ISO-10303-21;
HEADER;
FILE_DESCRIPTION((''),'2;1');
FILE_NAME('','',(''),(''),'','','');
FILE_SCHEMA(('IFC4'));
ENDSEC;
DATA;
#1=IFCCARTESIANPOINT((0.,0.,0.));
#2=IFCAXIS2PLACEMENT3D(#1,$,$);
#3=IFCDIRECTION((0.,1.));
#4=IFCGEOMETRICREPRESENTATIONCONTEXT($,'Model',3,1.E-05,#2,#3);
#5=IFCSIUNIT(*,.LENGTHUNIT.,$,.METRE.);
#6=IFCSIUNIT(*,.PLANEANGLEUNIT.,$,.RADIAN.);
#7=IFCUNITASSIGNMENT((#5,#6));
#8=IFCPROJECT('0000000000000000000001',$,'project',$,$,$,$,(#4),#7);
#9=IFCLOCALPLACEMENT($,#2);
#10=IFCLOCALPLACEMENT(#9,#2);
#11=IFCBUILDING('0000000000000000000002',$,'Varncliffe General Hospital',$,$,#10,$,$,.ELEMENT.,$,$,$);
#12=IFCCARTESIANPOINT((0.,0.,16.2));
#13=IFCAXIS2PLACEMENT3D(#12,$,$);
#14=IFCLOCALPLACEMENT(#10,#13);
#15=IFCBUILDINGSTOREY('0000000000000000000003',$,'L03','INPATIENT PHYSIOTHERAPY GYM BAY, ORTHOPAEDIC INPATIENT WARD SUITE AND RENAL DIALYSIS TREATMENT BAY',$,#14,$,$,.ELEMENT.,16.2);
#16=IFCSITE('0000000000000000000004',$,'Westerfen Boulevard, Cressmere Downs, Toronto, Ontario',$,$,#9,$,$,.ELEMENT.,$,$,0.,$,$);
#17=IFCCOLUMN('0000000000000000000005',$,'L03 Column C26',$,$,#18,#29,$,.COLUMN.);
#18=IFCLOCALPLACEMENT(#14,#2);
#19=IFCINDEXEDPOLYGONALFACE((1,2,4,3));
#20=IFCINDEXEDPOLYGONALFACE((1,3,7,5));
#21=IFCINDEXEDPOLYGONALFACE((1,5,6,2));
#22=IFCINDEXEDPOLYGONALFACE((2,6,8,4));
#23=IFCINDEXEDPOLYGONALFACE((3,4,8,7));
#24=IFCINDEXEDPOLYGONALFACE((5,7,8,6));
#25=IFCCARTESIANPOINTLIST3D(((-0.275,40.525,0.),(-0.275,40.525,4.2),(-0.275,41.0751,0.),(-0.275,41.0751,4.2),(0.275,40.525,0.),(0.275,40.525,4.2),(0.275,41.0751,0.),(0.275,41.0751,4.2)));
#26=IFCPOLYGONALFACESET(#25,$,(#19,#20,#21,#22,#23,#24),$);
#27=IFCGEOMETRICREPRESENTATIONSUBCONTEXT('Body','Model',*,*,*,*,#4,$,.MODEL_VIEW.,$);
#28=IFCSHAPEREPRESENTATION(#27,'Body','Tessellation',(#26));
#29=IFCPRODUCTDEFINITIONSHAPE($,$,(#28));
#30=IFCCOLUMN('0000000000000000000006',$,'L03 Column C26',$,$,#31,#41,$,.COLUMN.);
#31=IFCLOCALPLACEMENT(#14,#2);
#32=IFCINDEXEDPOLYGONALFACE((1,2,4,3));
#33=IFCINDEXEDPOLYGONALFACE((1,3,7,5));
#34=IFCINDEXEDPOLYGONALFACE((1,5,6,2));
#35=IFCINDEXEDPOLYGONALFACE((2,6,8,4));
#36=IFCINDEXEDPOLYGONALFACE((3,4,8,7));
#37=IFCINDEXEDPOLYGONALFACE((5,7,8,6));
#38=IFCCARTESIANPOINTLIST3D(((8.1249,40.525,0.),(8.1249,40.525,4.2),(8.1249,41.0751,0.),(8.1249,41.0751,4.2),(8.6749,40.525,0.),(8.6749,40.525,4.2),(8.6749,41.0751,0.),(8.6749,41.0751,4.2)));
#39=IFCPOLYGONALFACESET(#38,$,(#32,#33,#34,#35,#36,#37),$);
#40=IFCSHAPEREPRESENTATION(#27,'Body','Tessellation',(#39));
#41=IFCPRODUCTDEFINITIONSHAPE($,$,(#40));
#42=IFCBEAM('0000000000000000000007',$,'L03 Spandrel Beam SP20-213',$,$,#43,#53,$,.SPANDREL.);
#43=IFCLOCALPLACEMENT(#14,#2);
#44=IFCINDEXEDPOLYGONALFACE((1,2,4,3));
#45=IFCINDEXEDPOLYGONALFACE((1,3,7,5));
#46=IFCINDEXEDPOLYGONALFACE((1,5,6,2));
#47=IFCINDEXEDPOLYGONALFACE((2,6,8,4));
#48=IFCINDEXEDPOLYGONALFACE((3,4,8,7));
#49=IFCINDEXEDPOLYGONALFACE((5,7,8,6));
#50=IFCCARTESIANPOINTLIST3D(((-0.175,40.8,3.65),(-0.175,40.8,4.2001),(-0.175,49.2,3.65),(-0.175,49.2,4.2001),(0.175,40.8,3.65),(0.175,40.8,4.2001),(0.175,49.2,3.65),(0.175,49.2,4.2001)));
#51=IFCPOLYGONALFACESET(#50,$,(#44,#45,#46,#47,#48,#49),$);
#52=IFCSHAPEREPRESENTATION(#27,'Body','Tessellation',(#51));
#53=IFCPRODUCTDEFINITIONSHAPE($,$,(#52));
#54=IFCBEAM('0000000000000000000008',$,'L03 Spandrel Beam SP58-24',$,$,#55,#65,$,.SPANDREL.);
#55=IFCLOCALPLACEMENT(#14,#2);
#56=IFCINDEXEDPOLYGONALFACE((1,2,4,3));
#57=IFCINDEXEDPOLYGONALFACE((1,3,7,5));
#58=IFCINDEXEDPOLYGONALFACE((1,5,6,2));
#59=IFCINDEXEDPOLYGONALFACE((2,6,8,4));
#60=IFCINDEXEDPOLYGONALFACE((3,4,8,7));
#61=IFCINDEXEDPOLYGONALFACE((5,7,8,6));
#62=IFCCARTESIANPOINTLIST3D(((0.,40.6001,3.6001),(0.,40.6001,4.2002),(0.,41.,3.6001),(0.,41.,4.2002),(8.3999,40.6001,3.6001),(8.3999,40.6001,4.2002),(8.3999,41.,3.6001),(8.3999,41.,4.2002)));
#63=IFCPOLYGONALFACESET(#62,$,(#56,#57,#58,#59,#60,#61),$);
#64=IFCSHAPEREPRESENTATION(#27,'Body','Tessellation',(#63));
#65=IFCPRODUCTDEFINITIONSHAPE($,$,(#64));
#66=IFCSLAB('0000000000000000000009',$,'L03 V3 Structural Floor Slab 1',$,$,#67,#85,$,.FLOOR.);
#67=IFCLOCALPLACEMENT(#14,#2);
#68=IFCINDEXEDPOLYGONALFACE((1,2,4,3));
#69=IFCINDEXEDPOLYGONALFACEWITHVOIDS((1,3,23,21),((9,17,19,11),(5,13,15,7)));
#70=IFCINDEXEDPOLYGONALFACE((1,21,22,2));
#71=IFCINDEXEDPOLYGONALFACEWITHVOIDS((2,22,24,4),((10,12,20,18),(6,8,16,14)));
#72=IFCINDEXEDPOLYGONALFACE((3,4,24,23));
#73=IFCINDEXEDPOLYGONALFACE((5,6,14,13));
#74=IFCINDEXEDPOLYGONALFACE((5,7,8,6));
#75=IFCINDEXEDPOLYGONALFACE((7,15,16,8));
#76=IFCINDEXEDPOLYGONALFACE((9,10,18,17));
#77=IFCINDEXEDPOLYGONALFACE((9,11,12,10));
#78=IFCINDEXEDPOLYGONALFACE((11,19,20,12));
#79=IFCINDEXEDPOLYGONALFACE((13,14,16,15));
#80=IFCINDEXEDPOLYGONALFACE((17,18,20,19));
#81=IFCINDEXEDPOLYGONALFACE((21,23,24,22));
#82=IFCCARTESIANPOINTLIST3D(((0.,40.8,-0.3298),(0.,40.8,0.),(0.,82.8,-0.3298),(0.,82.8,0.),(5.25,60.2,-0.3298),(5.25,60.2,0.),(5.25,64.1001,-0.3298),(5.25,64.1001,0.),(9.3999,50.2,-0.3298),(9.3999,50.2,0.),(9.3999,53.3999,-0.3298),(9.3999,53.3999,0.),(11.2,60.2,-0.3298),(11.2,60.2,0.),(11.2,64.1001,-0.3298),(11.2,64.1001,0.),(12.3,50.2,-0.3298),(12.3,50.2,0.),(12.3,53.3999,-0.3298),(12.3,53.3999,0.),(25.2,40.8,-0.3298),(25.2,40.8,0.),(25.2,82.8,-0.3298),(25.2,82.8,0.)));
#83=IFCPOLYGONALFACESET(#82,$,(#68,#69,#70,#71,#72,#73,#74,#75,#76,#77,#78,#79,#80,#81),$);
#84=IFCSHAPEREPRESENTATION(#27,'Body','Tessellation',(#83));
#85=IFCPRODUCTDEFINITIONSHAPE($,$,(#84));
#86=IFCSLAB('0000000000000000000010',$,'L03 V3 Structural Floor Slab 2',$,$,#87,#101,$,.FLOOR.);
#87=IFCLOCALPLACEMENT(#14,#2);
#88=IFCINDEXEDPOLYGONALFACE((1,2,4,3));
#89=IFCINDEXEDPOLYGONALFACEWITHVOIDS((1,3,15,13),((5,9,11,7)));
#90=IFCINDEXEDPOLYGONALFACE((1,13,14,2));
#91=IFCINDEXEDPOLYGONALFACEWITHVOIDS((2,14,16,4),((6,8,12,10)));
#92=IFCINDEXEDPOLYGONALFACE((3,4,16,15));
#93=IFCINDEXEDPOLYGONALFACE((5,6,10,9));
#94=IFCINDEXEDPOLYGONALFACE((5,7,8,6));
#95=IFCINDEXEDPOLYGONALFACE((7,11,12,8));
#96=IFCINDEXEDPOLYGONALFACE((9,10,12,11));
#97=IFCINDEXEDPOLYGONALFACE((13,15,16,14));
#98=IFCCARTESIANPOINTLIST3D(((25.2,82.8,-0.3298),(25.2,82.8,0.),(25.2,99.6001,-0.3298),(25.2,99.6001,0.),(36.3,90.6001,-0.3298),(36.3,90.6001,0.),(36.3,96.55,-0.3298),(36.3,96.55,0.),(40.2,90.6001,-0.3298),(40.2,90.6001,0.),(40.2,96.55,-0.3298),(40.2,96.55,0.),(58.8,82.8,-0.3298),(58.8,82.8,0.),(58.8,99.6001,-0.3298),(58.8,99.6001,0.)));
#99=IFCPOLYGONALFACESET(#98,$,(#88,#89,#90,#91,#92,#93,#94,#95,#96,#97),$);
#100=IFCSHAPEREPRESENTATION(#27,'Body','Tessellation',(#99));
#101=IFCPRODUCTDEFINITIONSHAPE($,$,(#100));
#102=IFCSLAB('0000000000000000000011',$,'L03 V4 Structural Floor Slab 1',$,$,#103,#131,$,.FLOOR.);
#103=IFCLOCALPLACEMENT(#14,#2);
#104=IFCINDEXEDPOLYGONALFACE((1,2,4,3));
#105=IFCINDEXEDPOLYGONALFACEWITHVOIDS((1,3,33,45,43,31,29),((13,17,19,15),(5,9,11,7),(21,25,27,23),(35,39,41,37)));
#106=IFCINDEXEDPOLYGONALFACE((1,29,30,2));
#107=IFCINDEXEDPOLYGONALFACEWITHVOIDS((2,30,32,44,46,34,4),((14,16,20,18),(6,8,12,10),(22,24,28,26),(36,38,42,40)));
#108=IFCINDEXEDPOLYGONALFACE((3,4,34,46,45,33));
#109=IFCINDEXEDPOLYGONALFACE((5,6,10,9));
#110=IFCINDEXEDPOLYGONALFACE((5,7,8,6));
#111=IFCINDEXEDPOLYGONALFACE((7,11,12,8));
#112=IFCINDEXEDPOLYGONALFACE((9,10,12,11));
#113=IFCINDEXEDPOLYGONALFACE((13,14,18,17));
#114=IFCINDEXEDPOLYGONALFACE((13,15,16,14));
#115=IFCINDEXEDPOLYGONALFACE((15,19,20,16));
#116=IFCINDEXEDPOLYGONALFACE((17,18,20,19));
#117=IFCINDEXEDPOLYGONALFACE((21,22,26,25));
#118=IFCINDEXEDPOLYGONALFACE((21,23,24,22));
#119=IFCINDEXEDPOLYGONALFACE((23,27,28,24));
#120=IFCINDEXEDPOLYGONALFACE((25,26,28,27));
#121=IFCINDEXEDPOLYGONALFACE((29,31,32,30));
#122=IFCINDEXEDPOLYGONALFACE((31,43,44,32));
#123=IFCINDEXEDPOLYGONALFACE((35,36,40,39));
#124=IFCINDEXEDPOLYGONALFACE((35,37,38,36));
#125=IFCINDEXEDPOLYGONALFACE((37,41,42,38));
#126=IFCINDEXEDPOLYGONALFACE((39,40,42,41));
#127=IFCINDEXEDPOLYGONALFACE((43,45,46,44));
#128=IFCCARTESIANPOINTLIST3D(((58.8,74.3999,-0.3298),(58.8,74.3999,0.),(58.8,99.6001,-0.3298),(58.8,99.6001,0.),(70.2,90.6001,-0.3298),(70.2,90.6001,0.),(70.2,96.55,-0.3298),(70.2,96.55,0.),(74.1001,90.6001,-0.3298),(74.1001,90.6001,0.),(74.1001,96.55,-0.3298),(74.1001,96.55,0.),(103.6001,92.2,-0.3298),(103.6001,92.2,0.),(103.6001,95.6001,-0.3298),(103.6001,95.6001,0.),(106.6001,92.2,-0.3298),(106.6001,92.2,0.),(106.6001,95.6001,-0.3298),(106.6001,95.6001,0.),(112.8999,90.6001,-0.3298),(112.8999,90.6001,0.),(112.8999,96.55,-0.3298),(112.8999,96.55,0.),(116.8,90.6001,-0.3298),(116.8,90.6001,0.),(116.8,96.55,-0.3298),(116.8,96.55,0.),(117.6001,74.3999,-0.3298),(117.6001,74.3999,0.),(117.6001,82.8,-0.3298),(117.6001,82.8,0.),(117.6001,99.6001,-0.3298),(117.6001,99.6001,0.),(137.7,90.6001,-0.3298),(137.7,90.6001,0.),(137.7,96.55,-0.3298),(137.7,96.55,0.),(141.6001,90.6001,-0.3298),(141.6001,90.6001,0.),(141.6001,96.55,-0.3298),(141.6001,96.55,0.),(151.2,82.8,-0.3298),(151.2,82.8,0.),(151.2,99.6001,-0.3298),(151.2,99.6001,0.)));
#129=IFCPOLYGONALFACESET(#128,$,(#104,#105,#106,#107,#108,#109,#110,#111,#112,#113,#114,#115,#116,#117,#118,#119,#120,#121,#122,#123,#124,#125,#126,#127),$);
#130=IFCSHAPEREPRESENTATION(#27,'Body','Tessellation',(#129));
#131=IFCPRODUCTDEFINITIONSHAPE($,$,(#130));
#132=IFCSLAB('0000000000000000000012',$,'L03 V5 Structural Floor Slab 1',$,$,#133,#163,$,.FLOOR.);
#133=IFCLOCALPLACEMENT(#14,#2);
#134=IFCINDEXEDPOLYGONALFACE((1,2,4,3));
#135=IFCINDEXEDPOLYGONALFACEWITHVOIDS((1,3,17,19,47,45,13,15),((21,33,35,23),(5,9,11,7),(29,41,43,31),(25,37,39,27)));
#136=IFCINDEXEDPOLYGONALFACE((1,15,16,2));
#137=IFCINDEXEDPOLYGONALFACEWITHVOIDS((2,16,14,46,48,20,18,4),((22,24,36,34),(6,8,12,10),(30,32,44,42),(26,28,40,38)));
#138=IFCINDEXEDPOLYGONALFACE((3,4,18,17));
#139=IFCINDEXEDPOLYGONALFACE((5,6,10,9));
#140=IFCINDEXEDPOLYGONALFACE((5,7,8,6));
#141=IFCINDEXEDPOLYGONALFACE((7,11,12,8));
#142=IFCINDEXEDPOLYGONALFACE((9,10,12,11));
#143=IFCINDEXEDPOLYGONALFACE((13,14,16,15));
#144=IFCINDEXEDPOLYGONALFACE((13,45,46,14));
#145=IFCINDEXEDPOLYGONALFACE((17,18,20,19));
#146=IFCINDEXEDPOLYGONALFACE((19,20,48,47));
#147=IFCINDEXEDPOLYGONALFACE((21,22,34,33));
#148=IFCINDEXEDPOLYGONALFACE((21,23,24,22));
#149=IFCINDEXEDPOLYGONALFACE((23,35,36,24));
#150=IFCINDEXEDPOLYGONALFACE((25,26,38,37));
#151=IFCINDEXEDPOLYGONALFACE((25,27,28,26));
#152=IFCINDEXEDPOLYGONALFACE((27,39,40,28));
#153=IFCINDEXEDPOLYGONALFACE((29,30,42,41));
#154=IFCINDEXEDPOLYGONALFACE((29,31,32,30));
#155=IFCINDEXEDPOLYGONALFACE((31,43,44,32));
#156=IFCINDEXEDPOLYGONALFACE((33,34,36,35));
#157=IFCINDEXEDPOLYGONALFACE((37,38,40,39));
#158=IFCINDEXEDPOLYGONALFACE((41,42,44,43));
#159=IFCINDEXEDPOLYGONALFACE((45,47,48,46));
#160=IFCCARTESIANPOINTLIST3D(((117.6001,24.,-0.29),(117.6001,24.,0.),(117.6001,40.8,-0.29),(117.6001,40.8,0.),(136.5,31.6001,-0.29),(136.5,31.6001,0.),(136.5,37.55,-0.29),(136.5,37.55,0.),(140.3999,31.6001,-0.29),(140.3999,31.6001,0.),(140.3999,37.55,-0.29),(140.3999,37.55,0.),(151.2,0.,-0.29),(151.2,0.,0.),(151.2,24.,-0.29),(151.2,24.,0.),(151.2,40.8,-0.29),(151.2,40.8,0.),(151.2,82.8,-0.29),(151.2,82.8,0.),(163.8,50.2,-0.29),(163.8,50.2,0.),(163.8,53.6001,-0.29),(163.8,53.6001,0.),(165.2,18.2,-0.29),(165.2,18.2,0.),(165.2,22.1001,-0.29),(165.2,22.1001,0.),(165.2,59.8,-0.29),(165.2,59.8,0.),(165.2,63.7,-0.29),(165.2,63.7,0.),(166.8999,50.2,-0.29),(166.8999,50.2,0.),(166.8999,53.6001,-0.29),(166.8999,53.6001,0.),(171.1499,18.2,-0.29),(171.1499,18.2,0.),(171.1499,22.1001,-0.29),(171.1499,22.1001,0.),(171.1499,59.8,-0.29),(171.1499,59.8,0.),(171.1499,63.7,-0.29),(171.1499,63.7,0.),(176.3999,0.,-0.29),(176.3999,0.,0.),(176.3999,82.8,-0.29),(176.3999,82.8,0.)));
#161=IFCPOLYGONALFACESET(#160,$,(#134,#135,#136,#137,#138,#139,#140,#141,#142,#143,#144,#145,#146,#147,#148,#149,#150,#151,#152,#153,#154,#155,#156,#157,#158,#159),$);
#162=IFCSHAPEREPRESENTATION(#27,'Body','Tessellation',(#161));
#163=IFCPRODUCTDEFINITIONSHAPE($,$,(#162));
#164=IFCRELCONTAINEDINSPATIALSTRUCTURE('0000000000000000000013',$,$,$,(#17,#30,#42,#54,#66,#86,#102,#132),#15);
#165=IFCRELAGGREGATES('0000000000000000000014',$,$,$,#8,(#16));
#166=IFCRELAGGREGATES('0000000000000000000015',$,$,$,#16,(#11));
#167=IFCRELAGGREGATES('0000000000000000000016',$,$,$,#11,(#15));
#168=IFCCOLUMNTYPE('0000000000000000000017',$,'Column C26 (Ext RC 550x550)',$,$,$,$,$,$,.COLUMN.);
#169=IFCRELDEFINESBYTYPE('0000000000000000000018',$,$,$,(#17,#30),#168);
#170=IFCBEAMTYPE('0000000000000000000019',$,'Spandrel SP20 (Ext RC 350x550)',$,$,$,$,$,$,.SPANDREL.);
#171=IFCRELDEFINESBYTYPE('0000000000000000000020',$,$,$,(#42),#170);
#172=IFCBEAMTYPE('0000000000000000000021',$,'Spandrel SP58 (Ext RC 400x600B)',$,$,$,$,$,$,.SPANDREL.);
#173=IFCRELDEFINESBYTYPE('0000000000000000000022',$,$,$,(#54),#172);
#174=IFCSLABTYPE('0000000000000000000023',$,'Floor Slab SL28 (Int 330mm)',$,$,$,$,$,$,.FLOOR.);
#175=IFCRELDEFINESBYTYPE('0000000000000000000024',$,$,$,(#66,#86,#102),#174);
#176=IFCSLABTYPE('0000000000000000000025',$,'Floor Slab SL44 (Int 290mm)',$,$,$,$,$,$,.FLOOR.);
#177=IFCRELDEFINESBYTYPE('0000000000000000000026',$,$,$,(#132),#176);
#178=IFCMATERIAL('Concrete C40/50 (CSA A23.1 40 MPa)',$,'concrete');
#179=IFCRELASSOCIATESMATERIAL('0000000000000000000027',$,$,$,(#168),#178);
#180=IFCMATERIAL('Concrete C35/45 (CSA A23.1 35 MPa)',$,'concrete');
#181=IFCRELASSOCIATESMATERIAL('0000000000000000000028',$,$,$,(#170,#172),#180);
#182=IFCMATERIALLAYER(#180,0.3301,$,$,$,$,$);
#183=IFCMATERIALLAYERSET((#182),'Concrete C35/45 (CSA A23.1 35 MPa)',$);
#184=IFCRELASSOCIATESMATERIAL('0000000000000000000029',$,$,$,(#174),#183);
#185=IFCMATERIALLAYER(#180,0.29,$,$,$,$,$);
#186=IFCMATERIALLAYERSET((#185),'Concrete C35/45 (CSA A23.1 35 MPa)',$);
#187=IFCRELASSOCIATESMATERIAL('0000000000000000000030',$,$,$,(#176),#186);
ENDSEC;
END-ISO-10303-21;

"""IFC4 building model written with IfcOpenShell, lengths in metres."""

from ifc_helpers import new_model, si_unit, direction, frame, origin, origin_2d, place, context, subcontext, project, spatial, polyline, rectangle, outline, extrude, material, layer, layer_set, material_profile, profile_set, type_object, element, save


model = new_model("IFC4")

# Units and contexts
model_context = context("Model", 3, precision=1e-05, world=origin(), true_north=direction((0.0, 1.0)))
body_context = subcontext(model_context, "Body", "Model", "MODEL_VIEW")
ifc_project = project(units=[si_unit("LENGTHUNIT", "METRE"), si_unit("PLANEANGLEUNIT", "RADIAN")], contexts=[model_context])

# Site, building, storey
site_placement = place(None, origin())
site = spatial("IfcSite", under=ifc_project, at=site_placement, Name="Westerfen Boulevard, Cressmere Downs, Toronto, Ontario", CompositionType="ELEMENT", RefElevation=0.0)
building_placement = place(site_placement, origin())
building = spatial("IfcBuilding", under=site, at=building_placement, Name="Varncliffe General Hospital", CompositionType="ELEMENT")
storey_placement = place(building_placement, frame((0.0, 0.0, 16.2)))
storey = spatial("IfcBuildingStorey", under=building, at=storey_placement, Name="L03", Description="INPATIENT PHYSIOTHERAPY GYM BAY, ORTHOPAEDIC INPATIENT WARD SUITE AND RENAL DIALYSIS TREATMENT BAY", CompositionType="ELEMENT", Elevation=16.2)

# Columns
ifc_material_1 = material(Name="Concrete C40/50 (CSA A23.1 40 MPa)", Category="concrete")
ifc_material_profile_1 = material_profile(ifc_material_1, rectangle(XDim=0.55, YDim=0.55, at=origin_2d()), Name="RC 550x550")
ifc_profile_set_1 = profile_set([ifc_material_profile_1], Name="Concrete C40/50 (CSA A23.1 40 MPa)")
column_type = type_object("IfcColumnType", Name="Column C26 (Ext RC 550x550)", PredefinedType="COLUMN", material=ifc_profile_set_1)
for number, where, z_axis, x_axis, name in (
    (1, (0.0, 40.8, 0.0), (0.0, 0.0, 1.0), (1.0, 0.0, 0.0), "L03 Column C26"),
    (2, (8.3999, 40.8, 0.0), (0.0, 0.0, 1.0), (1.0, 0.0, 0.0), "L03 Column C26"),
):
    element("IfcColumn", number, at=place(storey_placement, frame(where, z_axis=z_axis, x_axis=x_axis)), inside=storey, type_object=column_type, Name=name, PredefinedType="COLUMN", context=body_context, shape_type="SweptSolid", body=[
        extrude(rectangle(XDim=0.55, YDim=0.55, at=origin_2d()), origin(), (0.0, 0.0, 1.0), 4.2),
    ])

# Beams
ifc_material_2 = material(Name="Concrete C35/45 (CSA A23.1 35 MPa)", Category="concrete")
ifc_material_profile_2 = material_profile(ifc_material_2, rectangle(XDim=0.3501, YDim=0.55, at=origin_2d()), Name="RC 350x550")
ifc_profile_set_2 = profile_set([ifc_material_profile_2], Name="Concrete C35/45 (CSA A23.1 35 MPa)")
beam_type_1 = type_object("IfcBeamType", Name="Spandrel SP20 (Ext RC 350x550)", PredefinedType="SPANDREL", material=ifc_profile_set_2)
beam_1_placement = place(storey_placement, frame((0.0, 40.8, 3.925), z_axis=(0.0, 1.0, 0.0), x_axis=(-1.0, 0.0, 0.0)))
element("IfcBeam", 3, at=beam_1_placement, inside=storey, type_object=beam_type_1, Name="L03 Spandrel Beam SP20-213", PredefinedType="SPANDREL", context=body_context, shape_type="SweptSolid", body=[
    extrude(rectangle(XDim=0.3501, YDim=0.55, at=origin_2d()), origin(), (0.0, 0.0, 1.0), 8.3999),
])
ifc_material_profile_3 = material_profile(ifc_material_2, rectangle(XDim=0.3999, YDim=0.6001, at=origin_2d()), Name="RC 400x600")
ifc_profile_set_3 = profile_set([ifc_material_profile_3], Name="Concrete C35/45 (CSA A23.1 35 MPa)")
beam_type_2 = type_object("IfcBeamType", Name="Spandrel SP58 (Ext RC 400x600B)", PredefinedType="SPANDREL", material=ifc_profile_set_3)
beam_2_placement = place(storey_placement, frame((0.0, 40.8, 3.9001), z_axis=(1.0, 0.0, 0.0), x_axis=(0.0, 1.0, 0.0)))
element("IfcBeam", 4, at=beam_2_placement, inside=storey, type_object=beam_type_2, Name="L03 Spandrel Beam SP58-24", PredefinedType="SPANDREL", context=body_context, shape_type="SweptSolid", body=[
    extrude(rectangle(XDim=0.3999, YDim=0.6001, at=origin_2d()), origin(), (0.0, 0.0, 1.0), 8.3999),
])

# Slabs
ifc_layer_1 = layer(ifc_material_2, 0.3301)
ifc_layer_set_1 = layer_set([ifc_layer_1], Name="Concrete C35/45 (CSA A23.1 35 MPa)")
slab_type_1 = type_object("IfcSlabType", Name="Floor Slab SL28 (Int 330mm)", PredefinedType="FLOOR", material=ifc_layer_set_1)
slab_1_placement = place(storey_placement, frame((0.0, 0.0, -0.3298)))
element("IfcSlab", 5, at=slab_1_placement, inside=storey, type_object=slab_type_1, Name="L03 V3 Structural Floor Slab 1", PredefinedType="FLOOR", context=body_context, shape_type="SweptSolid", body=[
    extrude(outline(polyline([(25.2, 40.8), (0.0, 40.8), (0.0, 82.8), (25.2, 82.8), (25.2, 40.8)]), holes=[polyline([(11.2, 64.1001), (5.25, 64.1001), (5.25, 60.2), (11.2, 60.2), (11.2, 64.1001)]), polyline([(9.3999, 50.2), (12.3, 50.2), (12.3, 53.3999), (9.3999, 53.3999), (9.3999, 50.2)])]), origin(), (0.0, 0.0, 1.0), 0.3298),
])
slab_2_placement = place(storey_placement, frame((0.0, 0.0, -0.3298)))
element("IfcSlab", 6, at=slab_2_placement, inside=storey, type_object=slab_type_1, Name="L03 V3 Structural Floor Slab 2", PredefinedType="FLOOR", context=body_context, shape_type="SweptSolid", body=[
    extrude(outline(polyline([(25.2, 99.6001), (58.8, 99.6001), (58.8, 82.8), (25.2, 82.8), (25.2, 99.6001)]), holes=[polyline([(40.2, 90.6001), (40.2, 96.55), (36.3, 96.55), (36.3, 90.6001), (40.2, 90.6001)])]), origin(), (0.0, 0.0, 1.0), 0.3298),
])
slab_3_placement = place(storey_placement, frame((0.0, 0.0, -0.3298)))
element("IfcSlab", 7, at=slab_3_placement, inside=storey, type_object=slab_type_1, Name="L03 V4 Structural Floor Slab 1", PredefinedType="FLOOR", context=body_context, shape_type="SweptSolid", body=[
    extrude(outline(polyline([(117.6001, 74.3999), (58.8, 74.3999), (58.8, 99.6001), (117.6001, 99.6001), (151.2, 99.6001), (151.2, 82.8), (117.6001, 82.8), (117.6001, 74.3999)]), holes=[polyline([(116.8, 90.6001), (116.8, 96.55), (112.8999, 96.55), (112.8999, 90.6001), (116.8, 90.6001)]), polyline([(74.1001, 90.6001), (74.1001, 96.55), (70.2, 96.55), (70.2, 90.6001), (74.1001, 90.6001)]), polyline([(141.6001, 90.6001), (141.6001, 96.55), (137.7, 96.55), (137.7, 90.6001), (141.6001, 90.6001)]), polyline([(103.6001, 92.2), (106.6001, 92.2), (106.6001, 95.6001), (103.6001, 95.6001), (103.6001, 92.2)])]), origin(), (0.0, 0.0, 1.0), 0.3298),
])
ifc_layer_2 = layer(ifc_material_2, 0.29)
ifc_layer_set_2 = layer_set([ifc_layer_2], Name="Concrete C35/45 (CSA A23.1 35 MPa)")
slab_type_2 = type_object("IfcSlabType", Name="Floor Slab SL44 (Int 290mm)", PredefinedType="FLOOR", material=ifc_layer_set_2)
slab_4_placement = place(storey_placement, frame((0.0, 0.0, -0.29)))
element("IfcSlab", 8, at=slab_4_placement, inside=storey, type_object=slab_type_2, Name="L03 V5 Structural Floor Slab 1", PredefinedType="FLOOR", context=body_context, shape_type="SweptSolid", body=[
    extrude(outline(polyline([(117.6001, 24.0), (117.6001, 40.8), (151.2, 40.8), (151.2, 82.8), (176.3999, 82.8), (176.3999, 0.0), (151.2, 0.0), (151.2, 24.0), (117.6001, 24.0)]), holes=[polyline([(165.2, 59.8), (171.1499, 59.8), (171.1499, 63.7), (165.2, 63.7), (165.2, 59.8)]), polyline([(165.2, 18.2), (171.1499, 18.2), (171.1499, 22.1001), (165.2, 22.1001), (165.2, 18.2)]), polyline([(140.3999, 31.6001), (140.3999, 37.55), (136.5, 37.55), (136.5, 31.6001), (140.3999, 31.6001)]), polyline([(163.8, 50.2), (166.8999, 50.2), (166.8999, 53.6001), (163.8, 53.6001), (163.8, 50.2)])]), origin(), (0.0, 0.0, 1.0), 0.29),
])

save(model, "model.ifc")
